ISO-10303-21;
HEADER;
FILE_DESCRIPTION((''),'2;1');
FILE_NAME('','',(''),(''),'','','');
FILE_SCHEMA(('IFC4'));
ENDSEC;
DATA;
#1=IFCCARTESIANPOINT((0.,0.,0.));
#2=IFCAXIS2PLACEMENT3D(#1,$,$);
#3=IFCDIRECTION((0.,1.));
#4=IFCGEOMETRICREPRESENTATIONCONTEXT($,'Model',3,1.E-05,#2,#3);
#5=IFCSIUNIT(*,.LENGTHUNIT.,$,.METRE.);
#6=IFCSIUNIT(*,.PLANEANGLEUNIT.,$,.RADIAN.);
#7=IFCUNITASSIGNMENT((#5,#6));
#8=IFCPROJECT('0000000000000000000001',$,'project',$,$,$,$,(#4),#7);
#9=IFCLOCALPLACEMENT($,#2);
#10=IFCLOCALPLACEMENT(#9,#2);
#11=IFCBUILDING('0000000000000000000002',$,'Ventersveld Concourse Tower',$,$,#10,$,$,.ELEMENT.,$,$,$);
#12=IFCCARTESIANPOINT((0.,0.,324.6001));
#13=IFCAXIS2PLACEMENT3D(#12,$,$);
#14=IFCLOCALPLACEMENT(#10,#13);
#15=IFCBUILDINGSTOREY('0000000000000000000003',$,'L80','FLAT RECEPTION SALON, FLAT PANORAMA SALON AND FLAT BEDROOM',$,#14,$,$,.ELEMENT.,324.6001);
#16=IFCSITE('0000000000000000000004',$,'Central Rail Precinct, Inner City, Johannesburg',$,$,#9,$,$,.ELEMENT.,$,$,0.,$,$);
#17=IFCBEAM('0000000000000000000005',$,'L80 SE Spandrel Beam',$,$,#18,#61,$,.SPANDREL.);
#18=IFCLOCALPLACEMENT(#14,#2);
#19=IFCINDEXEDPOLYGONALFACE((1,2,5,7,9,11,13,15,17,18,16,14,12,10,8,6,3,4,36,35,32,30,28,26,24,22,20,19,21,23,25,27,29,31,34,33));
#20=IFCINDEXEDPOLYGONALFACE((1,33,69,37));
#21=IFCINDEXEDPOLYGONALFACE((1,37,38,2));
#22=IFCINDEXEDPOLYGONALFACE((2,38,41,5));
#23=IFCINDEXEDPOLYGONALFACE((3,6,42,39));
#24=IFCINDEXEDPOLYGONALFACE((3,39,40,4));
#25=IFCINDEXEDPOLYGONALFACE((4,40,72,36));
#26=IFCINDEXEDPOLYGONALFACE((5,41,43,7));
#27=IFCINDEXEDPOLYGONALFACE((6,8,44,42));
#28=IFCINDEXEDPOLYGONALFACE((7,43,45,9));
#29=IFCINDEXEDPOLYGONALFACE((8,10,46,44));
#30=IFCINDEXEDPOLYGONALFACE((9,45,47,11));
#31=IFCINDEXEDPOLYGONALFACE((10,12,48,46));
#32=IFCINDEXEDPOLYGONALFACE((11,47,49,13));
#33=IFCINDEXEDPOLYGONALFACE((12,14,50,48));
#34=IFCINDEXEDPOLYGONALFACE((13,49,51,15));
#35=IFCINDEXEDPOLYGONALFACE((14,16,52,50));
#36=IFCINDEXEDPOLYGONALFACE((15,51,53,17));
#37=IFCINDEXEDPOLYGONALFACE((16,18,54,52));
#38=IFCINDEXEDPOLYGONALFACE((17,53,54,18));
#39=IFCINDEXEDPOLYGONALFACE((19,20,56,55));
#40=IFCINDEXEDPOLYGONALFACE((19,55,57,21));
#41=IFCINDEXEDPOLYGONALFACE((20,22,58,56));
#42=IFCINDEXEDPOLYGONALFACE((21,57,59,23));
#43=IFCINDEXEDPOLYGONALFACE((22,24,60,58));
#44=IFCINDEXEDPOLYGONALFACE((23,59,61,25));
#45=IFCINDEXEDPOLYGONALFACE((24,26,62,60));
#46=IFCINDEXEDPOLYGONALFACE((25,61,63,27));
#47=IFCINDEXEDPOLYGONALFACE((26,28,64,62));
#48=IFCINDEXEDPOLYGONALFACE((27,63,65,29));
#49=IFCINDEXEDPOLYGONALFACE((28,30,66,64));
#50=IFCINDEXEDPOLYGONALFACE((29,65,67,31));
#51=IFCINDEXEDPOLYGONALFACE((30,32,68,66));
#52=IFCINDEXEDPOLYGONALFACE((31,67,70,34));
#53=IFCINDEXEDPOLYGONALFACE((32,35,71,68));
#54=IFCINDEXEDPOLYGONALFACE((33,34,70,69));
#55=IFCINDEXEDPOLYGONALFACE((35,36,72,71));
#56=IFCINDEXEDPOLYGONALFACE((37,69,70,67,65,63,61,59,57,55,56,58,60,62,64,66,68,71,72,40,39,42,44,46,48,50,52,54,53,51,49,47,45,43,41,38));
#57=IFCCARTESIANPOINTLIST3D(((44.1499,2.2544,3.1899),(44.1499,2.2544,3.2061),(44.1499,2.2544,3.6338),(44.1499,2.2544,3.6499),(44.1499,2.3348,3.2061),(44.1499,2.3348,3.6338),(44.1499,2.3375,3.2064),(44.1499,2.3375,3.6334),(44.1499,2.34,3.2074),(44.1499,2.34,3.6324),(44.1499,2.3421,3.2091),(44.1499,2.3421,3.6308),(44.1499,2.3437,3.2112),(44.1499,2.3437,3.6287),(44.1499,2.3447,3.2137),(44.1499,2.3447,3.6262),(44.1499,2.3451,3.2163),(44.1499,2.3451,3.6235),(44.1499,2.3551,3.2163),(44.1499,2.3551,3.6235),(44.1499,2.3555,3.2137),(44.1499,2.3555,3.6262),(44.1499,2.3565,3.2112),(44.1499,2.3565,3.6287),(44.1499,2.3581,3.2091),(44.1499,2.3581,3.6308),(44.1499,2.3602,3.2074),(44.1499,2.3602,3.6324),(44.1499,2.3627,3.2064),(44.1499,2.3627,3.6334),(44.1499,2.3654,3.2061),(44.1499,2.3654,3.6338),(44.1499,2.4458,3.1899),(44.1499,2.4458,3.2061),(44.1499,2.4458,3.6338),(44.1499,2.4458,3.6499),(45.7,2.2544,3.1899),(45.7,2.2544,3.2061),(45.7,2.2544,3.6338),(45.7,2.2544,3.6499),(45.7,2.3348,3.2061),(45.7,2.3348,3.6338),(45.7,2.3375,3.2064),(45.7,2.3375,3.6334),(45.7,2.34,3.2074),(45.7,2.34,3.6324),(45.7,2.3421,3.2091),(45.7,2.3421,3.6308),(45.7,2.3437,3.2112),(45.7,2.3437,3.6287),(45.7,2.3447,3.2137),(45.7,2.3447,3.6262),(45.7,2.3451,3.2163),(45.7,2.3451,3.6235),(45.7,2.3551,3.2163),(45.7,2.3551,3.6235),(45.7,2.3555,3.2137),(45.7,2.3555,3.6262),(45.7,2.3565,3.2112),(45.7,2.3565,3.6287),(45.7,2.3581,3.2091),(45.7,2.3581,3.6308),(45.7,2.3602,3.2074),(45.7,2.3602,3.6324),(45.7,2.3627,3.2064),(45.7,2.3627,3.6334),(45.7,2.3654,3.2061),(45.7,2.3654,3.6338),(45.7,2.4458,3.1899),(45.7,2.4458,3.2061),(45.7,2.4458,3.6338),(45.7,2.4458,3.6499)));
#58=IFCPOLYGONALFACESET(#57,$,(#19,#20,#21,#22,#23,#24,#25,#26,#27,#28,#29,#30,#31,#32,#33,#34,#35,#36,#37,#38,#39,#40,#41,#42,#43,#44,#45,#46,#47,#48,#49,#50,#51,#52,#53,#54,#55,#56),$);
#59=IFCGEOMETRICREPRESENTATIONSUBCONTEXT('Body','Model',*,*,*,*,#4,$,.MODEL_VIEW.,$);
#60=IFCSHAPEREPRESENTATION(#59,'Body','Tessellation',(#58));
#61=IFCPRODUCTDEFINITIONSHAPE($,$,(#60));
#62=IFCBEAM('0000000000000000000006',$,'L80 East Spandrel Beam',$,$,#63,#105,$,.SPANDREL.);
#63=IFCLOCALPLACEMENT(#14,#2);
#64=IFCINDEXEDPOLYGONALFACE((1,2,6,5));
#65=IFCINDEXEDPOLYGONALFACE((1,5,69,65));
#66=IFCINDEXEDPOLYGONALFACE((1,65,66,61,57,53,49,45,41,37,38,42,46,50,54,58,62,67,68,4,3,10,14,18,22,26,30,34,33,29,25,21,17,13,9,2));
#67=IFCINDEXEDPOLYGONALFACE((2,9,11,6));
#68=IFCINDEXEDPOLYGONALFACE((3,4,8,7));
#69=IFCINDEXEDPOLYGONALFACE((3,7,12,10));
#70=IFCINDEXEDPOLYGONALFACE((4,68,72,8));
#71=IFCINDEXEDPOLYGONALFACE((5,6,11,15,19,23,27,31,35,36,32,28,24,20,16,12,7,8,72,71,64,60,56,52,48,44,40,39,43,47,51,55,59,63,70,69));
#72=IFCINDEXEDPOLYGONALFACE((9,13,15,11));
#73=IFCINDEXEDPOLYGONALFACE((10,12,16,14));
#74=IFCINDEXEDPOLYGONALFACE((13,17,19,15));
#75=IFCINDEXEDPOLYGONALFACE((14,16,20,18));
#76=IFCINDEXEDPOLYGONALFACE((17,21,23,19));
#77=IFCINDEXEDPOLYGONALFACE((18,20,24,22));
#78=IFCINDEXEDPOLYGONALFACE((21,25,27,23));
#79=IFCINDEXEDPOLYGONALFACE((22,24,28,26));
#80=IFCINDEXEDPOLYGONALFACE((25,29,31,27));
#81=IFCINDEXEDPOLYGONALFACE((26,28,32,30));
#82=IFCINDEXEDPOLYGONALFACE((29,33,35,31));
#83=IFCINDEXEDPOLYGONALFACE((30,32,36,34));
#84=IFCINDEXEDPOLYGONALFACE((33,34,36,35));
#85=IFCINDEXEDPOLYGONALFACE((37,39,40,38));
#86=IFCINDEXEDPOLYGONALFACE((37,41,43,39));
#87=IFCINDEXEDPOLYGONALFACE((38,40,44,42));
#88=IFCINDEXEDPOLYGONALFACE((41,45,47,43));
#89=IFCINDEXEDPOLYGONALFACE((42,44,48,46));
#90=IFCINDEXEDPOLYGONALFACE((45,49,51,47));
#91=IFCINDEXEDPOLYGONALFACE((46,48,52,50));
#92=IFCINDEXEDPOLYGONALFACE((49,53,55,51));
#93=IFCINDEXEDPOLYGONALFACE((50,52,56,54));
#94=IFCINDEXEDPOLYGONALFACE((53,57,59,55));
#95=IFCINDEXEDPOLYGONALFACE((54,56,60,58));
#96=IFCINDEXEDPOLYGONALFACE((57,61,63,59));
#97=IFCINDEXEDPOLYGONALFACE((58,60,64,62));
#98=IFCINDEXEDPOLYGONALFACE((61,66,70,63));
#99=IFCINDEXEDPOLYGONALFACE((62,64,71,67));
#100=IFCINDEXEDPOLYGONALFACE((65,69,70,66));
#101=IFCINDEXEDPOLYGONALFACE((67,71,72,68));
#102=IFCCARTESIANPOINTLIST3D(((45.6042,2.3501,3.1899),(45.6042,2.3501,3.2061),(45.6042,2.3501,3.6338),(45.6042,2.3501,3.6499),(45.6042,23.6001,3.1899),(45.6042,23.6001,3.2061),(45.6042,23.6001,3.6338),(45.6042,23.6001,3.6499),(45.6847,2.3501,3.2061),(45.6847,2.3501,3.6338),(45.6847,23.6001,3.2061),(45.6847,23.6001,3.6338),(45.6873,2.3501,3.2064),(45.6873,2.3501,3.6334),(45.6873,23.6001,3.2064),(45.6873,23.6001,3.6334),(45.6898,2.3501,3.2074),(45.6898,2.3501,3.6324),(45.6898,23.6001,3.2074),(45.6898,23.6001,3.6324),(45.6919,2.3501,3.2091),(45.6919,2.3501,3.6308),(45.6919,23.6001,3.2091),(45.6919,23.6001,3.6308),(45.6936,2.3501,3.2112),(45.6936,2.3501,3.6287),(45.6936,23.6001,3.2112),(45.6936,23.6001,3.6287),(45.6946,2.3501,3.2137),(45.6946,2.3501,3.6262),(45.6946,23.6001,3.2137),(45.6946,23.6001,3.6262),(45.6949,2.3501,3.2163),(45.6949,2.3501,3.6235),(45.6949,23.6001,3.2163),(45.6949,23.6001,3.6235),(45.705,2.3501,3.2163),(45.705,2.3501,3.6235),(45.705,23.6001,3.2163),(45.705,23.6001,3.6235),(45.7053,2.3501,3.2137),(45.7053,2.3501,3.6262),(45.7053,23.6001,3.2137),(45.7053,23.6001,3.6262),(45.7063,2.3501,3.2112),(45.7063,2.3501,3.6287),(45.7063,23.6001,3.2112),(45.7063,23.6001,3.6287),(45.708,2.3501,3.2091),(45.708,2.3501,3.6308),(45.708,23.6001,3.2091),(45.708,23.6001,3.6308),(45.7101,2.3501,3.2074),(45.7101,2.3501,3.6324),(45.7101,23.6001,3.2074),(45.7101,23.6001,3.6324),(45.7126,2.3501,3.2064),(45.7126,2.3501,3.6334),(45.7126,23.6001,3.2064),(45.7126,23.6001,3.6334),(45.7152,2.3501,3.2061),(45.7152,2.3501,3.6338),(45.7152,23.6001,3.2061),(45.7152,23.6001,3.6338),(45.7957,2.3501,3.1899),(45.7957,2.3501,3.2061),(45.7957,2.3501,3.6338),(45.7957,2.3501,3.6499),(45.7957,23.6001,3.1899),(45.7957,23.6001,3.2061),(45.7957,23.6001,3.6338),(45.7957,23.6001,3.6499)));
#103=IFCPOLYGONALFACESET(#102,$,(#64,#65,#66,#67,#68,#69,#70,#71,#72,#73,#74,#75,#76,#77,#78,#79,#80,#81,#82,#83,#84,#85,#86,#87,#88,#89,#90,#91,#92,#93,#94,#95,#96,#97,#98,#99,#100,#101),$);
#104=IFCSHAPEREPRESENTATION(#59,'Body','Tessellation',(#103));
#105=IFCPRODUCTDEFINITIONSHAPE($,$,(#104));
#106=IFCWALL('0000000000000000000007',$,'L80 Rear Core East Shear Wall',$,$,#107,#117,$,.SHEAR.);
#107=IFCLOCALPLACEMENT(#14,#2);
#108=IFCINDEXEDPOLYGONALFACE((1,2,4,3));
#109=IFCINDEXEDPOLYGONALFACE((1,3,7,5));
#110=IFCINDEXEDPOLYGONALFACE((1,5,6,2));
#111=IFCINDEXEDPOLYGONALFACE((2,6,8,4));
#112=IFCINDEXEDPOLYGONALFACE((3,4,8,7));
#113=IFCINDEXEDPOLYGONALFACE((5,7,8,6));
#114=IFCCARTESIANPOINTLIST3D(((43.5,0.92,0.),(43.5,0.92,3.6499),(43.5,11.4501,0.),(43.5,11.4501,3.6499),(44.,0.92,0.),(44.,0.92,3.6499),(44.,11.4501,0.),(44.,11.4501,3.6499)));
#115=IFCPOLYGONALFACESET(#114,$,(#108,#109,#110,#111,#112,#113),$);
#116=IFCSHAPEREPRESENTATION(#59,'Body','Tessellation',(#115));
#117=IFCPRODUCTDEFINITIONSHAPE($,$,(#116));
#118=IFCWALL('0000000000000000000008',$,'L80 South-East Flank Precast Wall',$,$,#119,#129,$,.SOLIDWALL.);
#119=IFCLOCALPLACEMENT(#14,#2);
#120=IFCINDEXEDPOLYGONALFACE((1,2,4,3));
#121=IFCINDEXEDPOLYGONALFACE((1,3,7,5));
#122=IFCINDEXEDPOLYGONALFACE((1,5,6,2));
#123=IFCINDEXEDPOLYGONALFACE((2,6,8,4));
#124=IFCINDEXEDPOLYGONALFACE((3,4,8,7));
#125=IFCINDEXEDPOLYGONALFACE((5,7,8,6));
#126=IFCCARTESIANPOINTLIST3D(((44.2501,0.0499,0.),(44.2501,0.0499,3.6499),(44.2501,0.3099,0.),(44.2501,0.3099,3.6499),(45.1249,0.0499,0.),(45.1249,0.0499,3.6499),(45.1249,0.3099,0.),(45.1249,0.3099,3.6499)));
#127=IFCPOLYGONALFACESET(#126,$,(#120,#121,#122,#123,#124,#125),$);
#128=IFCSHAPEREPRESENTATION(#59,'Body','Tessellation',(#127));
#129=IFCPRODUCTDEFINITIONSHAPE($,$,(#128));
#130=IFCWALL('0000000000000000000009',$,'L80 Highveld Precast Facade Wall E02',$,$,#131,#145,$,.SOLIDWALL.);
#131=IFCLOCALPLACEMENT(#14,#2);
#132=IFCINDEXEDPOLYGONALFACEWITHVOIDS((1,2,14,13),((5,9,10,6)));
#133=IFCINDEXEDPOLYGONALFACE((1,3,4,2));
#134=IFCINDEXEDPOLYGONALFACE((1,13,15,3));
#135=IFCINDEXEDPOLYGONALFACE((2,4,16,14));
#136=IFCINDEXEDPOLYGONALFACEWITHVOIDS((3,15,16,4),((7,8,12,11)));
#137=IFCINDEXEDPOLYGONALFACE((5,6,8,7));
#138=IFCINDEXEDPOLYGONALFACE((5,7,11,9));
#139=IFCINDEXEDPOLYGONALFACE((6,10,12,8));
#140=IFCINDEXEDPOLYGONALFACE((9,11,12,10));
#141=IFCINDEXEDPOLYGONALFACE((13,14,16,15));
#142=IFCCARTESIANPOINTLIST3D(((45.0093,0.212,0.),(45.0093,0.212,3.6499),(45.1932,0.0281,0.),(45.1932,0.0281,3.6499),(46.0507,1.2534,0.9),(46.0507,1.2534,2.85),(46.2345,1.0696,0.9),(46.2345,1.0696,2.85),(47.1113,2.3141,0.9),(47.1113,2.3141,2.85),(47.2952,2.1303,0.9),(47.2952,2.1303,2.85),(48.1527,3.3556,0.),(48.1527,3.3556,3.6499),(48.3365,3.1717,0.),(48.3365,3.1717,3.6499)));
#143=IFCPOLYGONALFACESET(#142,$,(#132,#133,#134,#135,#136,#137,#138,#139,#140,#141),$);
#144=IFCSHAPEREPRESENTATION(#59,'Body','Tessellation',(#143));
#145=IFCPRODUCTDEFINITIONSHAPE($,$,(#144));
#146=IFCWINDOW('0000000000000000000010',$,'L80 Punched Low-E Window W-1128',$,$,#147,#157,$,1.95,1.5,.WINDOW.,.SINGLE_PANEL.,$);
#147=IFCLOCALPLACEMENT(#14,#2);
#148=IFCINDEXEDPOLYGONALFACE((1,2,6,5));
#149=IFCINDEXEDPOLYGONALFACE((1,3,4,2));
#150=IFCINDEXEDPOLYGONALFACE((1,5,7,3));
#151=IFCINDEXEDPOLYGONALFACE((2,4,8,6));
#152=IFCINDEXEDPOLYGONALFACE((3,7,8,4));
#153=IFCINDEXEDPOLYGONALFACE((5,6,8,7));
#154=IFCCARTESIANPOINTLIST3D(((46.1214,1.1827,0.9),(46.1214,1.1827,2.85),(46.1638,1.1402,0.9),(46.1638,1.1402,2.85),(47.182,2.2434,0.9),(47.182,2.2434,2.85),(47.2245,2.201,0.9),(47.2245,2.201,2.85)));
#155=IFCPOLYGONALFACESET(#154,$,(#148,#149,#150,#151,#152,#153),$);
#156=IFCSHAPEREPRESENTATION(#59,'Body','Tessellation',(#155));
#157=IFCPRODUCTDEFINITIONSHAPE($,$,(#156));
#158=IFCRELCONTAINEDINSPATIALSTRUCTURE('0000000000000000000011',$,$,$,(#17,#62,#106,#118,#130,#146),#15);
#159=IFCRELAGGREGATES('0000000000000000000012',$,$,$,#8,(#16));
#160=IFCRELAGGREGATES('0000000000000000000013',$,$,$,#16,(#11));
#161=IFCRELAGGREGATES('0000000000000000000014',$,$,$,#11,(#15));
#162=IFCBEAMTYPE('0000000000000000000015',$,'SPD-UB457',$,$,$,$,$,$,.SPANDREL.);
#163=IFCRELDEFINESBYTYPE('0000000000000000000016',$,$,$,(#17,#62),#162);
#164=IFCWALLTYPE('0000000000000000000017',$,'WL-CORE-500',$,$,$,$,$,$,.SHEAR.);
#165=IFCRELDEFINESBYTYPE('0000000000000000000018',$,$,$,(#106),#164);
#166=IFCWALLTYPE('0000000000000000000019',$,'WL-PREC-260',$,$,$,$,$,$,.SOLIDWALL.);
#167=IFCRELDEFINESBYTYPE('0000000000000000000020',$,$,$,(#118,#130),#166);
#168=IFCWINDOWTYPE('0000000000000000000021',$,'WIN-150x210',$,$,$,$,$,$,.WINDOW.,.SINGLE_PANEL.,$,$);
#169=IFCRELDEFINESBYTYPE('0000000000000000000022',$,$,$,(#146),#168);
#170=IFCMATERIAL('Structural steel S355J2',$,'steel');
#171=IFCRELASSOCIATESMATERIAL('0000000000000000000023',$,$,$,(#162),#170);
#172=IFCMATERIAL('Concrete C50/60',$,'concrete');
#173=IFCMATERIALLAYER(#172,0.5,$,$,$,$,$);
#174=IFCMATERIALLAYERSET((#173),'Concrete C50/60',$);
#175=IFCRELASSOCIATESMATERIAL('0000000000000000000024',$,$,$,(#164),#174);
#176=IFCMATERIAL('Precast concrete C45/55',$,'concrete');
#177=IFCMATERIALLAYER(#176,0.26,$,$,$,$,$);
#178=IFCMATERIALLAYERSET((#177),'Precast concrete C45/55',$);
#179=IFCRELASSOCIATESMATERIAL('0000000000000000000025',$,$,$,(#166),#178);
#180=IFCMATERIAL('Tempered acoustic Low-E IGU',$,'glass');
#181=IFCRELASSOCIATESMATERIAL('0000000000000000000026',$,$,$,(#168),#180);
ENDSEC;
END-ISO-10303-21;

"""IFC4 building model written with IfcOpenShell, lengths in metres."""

from ifc_helpers import new_model, si_unit, direction, frame, frame_2d, origin, origin_2d, place, context, subcontext, project, spatial, rectangle, i_section, extrude, material, layer, layer_set, material_profile, profile_set, type_object, element, fill, save


model = new_model("IFC4")

# Units and contexts
model_context = context("Model", 3, precision=1e-05, world=origin(), true_north=direction((0.0, 1.0)))
body_context = subcontext(model_context, "Body", "Model", "MODEL_VIEW")
ifc_project = project(units=[si_unit("LENGTHUNIT", "METRE"), si_unit("PLANEANGLEUNIT", "RADIAN")], contexts=[model_context])

# Site, building, storey
site_placement = place(None, origin())
site = spatial("IfcSite", under=ifc_project, at=site_placement, Name="Central Rail Precinct, Inner City, Johannesburg", CompositionType="ELEMENT", RefElevation=0.0)
building_placement = place(site_placement, origin())
building = spatial("IfcBuilding", under=site, at=building_placement, Name="Ventersveld Concourse Tower", CompositionType="ELEMENT")
storey_placement = place(building_placement, frame((0.0, 0.0, 324.6001)))
storey = spatial("IfcBuildingStorey", under=building, at=storey_placement, Name="L80", Description="FLAT RECEPTION SALON, FLAT PANORAMA SALON AND FLAT BEDROOM", CompositionType="ELEMENT", Elevation=324.6001)

# Shared definitions
ifc_material_1 = material(Name="Concrete C50/60", Category="concrete")

# Shared definitions
ifc_material_2 = material(Name="Structural steel S355J2", Category="steel")

# Beams
ifc_material_profile_1 = material_profile(ifc_material_2, i_section(OverallWidth=0.1914, OverallDepth=0.46, WebThickness=0.01, FlangeThickness=0.0161, FilletRadius=0.0103, at=origin_2d()), Name="UB 457x191x82")
ifc_profile_set_1 = profile_set([ifc_material_profile_1], Name="Structural steel S355J2")
beam_type_1 = type_object("IfcBeamType", Name="SPD-UB457", PredefinedType="SPANDREL", material=ifc_profile_set_1)
beam_1_placement = place(storey_placement, frame((44.1499, 2.3501, 3.4199), z_axis=(1.0, 0.0, 0.0), x_axis=(0.0, 1.0, 0.0)))
element("IfcBeam", 1, at=beam_1_placement, inside=storey, type_object=beam_type_1, Name="L80 SE Spandrel Beam", PredefinedType="SPANDREL", context=body_context, shape_type="SweptSolid", body=[
    extrude(i_section(OverallWidth=0.1914, OverallDepth=0.46, WebThickness=0.01, FlangeThickness=0.0161, FilletRadius=0.0103, at=origin_2d()), origin(), (0.0, 0.0, 1.0), 1.55),
])
beam_2_placement = place(storey_placement, frame((45.7, 2.3501, 3.4199), z_axis=(0.0, 1.0, 0.0), x_axis=(-1.0, 0.0, 0.0)))
element("IfcBeam", 2, at=beam_2_placement, inside=storey, type_object=beam_type_1, Name="L80 East Spandrel Beam", PredefinedType="SPANDREL", context=body_context, shape_type="SweptSolid", body=[
    extrude(i_section(OverallWidth=0.1914, OverallDepth=0.46, WebThickness=0.01, FlangeThickness=0.0161, FilletRadius=0.0103, at=origin_2d()), origin(), (0.0, 0.0, 1.0), 21.25),
])

# Walls
ifc_layer_1 = layer(ifc_material_1, 0.5)
ifc_layer_set_1 = layer_set([ifc_layer_1], Name="Concrete C50/60")
wall_type_1 = type_object("IfcWallType", Name="WL-CORE-500", PredefinedType="SHEAR", material=ifc_layer_set_1)
wall_1_placement = place(storey_placement, frame((43.75, 0.9199, 0.0), z_axis=(0.0, 0.0, 1.0), x_axis=(0.0, 1.0, 0.0)))
element("IfcWall", 3, at=wall_1_placement, inside=storey, type_object=wall_type_1, Name="L80 Rear Core East Shear Wall", PredefinedType="SHEAR", context=body_context, shape_type="SweptSolid", body=[
    extrude(rectangle(XDim=10.53, YDim=0.5, at=frame_2d((5.2651, 0.0))), origin(), (0.0, 0.0, 1.0), 3.6499),
])
ifc_material_3 = material(Name="Precast concrete C45/55", Category="concrete")
ifc_layer_2 = layer(ifc_material_3, 0.26)
ifc_layer_set_2 = layer_set([ifc_layer_2], Name="Precast concrete C45/55")
wall_type_2 = type_object("IfcWallType", Name="WL-PREC-260", PredefinedType="SOLIDWALL", material=ifc_layer_set_2)
wall_2_placement = place(storey_placement, frame((44.25, 0.1799, 0.0), z_axis=(0.0, 0.0, 1.0), x_axis=(1.0, 0.0, 0.0)))
element("IfcWall", 4, at=wall_2_placement, inside=storey, type_object=wall_type_2, Name="L80 South-East Flank Precast Wall", PredefinedType="SOLIDWALL", context=body_context, shape_type="SweptSolid", body=[
    extrude(rectangle(XDim=0.8748, YDim=0.26, at=frame_2d((0.4375, 0.0))), origin(), (0.0, 0.0, 1.0), 3.6499),
])

# Wall, opening, window
wall_3_placement = place(storey_placement, frame((45.1013, 0.1201, 0.0), z_axis=(0.0, 0.0, 1.0), x_axis=(0.707079, 0.707134, 0.0)))
wall_3 = element("IfcWall", 5, at=wall_3_placement, inside=storey, type_object=wall_type_2, Name="L80 Highveld Precast Facade Wall E02", PredefinedType="SOLIDWALL", context=body_context, shape_type="SweptSolid", body=[
    extrude(rectangle(XDim=4.4456, YDim=0.26, at=frame_2d((2.2227, 0.0))), origin(), (0.0, 0.0, 1.0), 3.6499),
])
opening_1_placement = place(wall_3_placement, frame((1.4727, 0.0, 0.8999)))
opening_1 = element("IfcOpeningElement", 6, at=opening_1_placement, cuts=wall_3, PredefinedType="OPENING", context=body_context, shape_type="SweptSolid", body=[
    extrude(rectangle(XDim=1.5, YDim=1.95, at=frame_2d((0.75, 0.9751))), frame((0.0, 0.1401, 0.0), z_axis=(0.0, -1.0, 0.0), x_axis=(1.0, 0.0, 0.0)), (0.0, 0.0, 1.0), 0.28),
])
ifc_material_4 = material(Name="Tempered acoustic Low-E IGU", Category="glass")
window_type = type_object("IfcWindowType", Name="WIN-150x210", PartitioningType="SINGLE_PANEL", PredefinedType="WINDOW", material=ifc_material_4)
window_1_placement = place(opening_1_placement, origin())
window_1 = element("IfcWindow", 7, at=window_1_placement, inside=storey, type_object=window_type, Name="L80 Punched Low-E Window W-1128", OverallHeight=1.95, OverallWidth=1.5, PartitioningType="SINGLE_PANEL", PredefinedType="WINDOW", context=body_context, shape_type="SweptSolid", body=[
    extrude(rectangle(XDim=1.5, YDim=1.95, at=frame_2d((0.75, 0.9751))), frame((0.0, 0.03, 0.0), z_axis=(0.0, -1.0, 0.0), x_axis=(1.0, 0.0, 0.0)), (0.0, 0.0, 1.0), 0.0601),
])
fill(opening_1, window_1)

save(model, "model.ifc")
